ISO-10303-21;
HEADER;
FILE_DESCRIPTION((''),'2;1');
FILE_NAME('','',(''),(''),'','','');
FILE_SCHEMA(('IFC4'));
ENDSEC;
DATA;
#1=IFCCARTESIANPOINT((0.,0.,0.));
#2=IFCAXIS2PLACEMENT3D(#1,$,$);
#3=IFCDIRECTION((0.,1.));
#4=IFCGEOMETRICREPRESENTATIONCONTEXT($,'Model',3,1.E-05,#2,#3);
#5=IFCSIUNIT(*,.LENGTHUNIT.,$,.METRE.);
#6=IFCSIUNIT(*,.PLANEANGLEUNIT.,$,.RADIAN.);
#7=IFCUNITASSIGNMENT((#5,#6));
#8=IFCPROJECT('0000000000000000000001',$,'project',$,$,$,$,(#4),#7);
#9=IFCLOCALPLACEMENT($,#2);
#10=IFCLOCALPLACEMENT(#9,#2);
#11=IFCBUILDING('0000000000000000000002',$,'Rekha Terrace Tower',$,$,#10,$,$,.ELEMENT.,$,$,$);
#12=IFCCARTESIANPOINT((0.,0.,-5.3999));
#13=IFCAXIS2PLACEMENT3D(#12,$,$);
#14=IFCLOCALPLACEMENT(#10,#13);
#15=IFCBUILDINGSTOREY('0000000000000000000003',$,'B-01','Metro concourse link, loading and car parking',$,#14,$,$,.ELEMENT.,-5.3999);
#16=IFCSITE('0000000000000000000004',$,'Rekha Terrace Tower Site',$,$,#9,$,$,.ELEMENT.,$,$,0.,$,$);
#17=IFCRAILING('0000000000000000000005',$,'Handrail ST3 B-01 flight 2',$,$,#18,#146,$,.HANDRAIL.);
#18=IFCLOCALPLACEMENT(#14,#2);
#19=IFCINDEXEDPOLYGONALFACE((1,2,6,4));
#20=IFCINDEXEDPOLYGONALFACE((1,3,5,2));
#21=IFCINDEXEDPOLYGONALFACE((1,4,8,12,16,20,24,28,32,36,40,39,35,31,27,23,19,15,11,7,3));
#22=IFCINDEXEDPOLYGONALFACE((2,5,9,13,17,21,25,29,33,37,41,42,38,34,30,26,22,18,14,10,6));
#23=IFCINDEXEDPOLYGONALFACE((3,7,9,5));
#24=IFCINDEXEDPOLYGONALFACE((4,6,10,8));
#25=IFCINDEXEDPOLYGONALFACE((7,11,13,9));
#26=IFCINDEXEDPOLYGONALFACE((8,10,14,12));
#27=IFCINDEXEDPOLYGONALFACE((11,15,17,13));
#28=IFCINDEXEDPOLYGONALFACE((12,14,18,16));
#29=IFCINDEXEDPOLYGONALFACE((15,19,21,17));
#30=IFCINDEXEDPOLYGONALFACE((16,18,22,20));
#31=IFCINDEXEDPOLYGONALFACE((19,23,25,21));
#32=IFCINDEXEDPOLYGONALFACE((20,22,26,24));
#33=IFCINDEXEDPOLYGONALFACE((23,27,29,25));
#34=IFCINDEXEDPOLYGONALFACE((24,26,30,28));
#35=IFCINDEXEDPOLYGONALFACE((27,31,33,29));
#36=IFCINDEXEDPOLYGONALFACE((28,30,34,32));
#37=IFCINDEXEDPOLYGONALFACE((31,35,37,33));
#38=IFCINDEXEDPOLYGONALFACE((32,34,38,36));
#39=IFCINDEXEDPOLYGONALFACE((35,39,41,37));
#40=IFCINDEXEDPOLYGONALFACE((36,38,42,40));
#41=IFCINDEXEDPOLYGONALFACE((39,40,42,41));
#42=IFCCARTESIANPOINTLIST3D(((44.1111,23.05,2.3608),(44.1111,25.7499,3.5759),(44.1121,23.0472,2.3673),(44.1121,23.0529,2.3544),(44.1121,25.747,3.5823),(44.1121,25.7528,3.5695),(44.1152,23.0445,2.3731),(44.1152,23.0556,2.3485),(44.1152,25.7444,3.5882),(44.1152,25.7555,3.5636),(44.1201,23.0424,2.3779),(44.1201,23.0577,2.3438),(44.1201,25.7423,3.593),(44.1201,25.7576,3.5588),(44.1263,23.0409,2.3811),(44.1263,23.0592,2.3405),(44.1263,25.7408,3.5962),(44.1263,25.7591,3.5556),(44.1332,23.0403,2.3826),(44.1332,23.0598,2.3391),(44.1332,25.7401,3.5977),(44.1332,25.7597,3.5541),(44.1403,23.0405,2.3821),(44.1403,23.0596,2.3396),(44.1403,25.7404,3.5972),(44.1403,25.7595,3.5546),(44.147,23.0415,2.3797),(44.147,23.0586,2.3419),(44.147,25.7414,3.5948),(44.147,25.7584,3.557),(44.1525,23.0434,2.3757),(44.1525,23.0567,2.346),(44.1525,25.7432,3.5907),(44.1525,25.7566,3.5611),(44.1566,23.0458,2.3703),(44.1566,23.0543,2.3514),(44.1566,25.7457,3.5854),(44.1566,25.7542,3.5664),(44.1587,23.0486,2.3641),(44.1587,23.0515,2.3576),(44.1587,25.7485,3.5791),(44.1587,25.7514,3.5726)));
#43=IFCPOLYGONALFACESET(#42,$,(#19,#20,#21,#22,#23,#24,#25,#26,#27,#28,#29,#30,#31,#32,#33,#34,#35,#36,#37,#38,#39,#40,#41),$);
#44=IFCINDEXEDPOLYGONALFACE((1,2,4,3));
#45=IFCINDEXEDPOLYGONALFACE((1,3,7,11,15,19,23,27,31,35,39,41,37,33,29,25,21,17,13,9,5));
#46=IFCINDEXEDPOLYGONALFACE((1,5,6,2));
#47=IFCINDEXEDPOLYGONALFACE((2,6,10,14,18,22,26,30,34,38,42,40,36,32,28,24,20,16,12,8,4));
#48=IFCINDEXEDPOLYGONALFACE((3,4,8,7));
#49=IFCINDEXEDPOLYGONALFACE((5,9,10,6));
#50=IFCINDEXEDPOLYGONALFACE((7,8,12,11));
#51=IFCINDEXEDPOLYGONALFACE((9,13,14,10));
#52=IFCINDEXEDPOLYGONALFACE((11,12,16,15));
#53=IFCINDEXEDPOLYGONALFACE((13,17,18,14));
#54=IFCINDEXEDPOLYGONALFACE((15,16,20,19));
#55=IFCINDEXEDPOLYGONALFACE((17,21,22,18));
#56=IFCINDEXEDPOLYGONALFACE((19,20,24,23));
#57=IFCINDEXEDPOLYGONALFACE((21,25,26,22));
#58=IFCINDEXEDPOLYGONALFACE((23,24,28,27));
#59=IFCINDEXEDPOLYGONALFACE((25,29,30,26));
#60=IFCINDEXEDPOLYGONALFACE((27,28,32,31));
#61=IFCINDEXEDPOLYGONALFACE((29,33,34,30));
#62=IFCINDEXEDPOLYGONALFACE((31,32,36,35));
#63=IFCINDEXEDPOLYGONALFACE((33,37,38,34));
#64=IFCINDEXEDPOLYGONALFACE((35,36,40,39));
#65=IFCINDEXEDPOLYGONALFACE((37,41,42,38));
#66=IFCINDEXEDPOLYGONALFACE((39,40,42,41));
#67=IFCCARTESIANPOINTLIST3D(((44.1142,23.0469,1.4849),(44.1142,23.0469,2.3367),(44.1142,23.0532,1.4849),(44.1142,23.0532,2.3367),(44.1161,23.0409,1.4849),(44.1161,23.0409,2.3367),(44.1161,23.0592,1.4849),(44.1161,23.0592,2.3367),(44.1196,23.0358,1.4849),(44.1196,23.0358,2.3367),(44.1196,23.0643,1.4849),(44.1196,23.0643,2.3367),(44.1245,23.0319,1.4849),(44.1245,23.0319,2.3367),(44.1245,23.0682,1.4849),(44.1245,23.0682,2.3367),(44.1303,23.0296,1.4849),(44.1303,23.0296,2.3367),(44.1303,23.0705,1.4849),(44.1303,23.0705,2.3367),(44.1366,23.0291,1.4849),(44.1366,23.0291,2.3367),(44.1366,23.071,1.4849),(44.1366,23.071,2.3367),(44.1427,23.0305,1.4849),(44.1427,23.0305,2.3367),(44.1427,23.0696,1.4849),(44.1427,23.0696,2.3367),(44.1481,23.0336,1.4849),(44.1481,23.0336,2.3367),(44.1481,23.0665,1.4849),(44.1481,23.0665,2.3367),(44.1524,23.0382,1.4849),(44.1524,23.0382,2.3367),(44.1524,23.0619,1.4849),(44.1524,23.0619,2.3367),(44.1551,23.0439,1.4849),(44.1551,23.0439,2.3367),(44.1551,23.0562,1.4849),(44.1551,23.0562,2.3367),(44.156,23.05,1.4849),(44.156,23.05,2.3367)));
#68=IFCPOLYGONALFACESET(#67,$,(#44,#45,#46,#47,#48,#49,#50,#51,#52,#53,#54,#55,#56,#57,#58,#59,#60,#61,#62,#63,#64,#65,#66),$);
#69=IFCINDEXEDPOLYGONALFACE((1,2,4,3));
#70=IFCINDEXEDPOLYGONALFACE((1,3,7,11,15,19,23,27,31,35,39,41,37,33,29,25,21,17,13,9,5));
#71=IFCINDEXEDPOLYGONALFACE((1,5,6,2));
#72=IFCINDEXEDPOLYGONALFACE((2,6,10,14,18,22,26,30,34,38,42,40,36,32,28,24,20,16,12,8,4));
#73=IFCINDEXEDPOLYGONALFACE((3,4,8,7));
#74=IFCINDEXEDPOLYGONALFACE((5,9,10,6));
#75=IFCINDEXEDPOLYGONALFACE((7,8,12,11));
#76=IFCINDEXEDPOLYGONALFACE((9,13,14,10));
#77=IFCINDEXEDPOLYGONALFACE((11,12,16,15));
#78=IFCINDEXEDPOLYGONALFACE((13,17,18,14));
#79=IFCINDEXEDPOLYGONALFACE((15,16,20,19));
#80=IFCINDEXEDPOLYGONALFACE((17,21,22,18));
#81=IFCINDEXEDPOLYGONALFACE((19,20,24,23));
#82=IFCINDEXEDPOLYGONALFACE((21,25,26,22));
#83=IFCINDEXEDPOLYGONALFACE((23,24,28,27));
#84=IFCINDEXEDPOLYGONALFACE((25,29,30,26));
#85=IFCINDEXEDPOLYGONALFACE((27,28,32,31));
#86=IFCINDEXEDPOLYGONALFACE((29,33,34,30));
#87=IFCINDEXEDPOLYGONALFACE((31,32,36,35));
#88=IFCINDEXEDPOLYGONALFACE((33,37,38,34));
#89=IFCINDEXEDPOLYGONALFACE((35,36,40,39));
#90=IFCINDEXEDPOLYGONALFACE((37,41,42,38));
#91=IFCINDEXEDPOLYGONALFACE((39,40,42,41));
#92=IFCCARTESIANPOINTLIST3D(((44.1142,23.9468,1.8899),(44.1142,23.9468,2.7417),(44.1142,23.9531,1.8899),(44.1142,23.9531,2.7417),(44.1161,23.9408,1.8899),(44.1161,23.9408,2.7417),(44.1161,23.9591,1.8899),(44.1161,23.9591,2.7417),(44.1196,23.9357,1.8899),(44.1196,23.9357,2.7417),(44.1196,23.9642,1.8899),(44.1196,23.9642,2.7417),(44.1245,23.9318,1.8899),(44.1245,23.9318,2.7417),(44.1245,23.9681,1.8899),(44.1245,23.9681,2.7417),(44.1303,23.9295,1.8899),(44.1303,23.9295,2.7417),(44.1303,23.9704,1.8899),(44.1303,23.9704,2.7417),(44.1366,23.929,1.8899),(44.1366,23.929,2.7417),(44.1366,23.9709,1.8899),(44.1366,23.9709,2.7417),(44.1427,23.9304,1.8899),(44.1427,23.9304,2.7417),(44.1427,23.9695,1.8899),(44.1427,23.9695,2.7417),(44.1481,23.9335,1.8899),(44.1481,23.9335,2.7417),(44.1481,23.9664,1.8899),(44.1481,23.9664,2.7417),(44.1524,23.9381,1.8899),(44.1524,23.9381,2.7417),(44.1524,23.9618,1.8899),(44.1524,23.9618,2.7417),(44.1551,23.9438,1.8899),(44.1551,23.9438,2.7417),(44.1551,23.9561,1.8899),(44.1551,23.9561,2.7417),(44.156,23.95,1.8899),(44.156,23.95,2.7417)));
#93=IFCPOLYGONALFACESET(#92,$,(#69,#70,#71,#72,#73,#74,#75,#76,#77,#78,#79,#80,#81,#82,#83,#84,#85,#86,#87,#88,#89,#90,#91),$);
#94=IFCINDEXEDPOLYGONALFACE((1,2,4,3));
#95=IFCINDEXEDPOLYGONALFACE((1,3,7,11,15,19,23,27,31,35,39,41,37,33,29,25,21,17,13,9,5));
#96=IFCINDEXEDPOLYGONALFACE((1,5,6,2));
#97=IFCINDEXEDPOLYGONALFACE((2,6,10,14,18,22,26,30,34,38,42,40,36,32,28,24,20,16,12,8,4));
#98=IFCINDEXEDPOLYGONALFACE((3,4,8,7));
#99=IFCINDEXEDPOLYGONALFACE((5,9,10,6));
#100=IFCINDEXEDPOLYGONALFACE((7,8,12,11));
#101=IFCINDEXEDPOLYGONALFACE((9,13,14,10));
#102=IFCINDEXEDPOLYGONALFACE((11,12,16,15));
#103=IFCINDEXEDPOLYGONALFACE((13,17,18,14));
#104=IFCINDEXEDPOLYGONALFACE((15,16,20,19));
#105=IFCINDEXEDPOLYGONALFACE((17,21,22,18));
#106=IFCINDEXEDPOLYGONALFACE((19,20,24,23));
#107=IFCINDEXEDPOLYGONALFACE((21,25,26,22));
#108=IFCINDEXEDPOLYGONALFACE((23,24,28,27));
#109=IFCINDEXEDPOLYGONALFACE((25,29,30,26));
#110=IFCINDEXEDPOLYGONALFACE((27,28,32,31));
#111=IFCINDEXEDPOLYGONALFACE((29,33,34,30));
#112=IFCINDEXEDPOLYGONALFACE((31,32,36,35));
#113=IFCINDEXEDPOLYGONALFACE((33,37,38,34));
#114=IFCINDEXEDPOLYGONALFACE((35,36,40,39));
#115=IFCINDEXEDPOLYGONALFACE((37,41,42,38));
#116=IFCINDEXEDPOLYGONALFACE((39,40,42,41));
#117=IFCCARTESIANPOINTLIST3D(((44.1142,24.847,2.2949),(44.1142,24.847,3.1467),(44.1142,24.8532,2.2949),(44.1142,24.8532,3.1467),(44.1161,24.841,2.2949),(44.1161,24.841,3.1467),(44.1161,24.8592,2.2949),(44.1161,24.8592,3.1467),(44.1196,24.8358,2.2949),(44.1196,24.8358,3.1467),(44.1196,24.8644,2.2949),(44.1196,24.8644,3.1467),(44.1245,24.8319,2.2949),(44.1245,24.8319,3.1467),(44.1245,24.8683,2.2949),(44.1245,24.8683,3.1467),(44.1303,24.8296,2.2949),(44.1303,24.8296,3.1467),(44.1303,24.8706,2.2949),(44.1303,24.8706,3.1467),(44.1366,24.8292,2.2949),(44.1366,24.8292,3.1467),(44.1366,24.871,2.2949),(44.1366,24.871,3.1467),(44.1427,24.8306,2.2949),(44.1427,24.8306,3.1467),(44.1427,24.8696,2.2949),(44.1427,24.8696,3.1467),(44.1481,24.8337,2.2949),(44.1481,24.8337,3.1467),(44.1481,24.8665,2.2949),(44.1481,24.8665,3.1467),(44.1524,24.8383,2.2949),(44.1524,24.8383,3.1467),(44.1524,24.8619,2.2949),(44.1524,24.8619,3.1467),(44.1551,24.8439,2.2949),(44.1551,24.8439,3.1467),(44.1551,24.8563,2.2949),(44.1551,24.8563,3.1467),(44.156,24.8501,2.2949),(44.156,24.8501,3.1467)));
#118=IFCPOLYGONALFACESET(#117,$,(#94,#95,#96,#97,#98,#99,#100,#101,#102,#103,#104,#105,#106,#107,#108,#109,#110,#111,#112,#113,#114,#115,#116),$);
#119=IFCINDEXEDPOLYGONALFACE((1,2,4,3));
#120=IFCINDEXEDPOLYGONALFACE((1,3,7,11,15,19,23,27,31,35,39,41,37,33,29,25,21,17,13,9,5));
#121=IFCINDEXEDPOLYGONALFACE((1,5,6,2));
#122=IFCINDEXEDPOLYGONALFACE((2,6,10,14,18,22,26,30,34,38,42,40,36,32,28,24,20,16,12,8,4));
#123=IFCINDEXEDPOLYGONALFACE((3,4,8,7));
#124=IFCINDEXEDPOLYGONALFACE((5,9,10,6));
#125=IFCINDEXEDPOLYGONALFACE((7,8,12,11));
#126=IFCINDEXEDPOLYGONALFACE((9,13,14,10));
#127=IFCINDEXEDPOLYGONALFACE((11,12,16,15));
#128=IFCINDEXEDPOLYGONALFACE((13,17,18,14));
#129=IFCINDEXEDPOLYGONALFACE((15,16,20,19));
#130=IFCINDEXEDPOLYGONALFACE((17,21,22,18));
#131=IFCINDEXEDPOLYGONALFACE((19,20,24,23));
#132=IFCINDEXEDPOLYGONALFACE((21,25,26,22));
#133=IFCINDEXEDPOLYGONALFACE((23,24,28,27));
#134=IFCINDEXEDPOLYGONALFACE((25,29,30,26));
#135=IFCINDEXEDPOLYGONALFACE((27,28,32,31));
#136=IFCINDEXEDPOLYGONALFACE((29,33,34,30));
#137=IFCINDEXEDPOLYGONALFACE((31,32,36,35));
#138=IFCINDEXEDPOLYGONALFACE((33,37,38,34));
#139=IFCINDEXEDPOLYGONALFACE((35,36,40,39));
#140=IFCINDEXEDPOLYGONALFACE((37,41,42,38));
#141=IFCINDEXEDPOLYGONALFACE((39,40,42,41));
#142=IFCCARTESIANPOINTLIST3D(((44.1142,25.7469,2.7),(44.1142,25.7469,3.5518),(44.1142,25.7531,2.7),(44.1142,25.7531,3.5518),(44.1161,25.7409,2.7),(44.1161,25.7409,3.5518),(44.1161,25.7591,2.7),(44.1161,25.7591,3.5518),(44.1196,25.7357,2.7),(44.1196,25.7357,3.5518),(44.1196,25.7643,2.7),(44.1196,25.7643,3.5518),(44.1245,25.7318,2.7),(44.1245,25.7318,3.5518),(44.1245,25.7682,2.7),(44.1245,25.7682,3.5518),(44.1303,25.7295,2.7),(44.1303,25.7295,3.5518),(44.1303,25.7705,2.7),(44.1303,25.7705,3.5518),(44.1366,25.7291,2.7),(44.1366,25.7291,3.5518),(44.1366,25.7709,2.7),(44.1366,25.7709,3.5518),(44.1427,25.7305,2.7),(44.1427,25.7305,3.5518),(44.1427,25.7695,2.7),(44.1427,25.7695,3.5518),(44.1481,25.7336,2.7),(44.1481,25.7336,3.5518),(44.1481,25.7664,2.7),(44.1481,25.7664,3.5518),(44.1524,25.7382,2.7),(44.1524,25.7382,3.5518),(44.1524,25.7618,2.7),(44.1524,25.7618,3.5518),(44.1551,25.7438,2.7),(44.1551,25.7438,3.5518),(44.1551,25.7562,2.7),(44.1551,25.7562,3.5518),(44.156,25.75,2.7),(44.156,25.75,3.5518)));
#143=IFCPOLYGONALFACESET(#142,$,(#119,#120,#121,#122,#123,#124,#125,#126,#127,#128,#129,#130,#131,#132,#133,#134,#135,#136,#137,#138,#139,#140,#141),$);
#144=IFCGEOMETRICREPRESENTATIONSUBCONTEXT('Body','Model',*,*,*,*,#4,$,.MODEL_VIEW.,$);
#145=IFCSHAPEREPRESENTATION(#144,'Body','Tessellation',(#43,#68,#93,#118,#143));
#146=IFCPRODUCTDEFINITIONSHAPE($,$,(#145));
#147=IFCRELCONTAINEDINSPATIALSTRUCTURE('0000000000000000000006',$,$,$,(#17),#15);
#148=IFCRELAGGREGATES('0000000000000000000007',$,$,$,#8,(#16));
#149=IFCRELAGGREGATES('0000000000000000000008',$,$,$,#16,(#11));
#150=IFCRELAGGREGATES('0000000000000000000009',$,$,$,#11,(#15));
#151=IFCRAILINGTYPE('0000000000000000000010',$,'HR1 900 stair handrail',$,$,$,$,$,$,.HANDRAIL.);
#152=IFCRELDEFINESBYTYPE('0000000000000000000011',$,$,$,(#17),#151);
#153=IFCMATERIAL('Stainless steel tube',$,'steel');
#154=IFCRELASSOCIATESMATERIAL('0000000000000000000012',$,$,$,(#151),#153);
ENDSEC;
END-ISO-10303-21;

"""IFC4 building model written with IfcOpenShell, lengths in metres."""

from ifc_helpers import new_model, si_unit, direction, frame, origin, origin_2d, place, context, subcontext, project, spatial, circle, extrude, material, type_object, element, save


model = new_model("IFC4")

# Units and contexts
model_context = context("Model", 3, precision=1e-05, world=origin(), true_north=direction((0.0, 1.0)))
body_context = subcontext(model_context, "Body", "Model", "MODEL_VIEW")
ifc_project = project(units=[si_unit("LENGTHUNIT", "METRE"), si_unit("PLANEANGLEUNIT", "RADIAN")], contexts=[model_context])

# Site, building, storey
site_placement = place(None, origin())
site = spatial("IfcSite", under=ifc_project, at=site_placement, Name="Rekha Terrace Tower Site", CompositionType="ELEMENT", RefElevation=0.0)
building_placement = place(site_placement, origin())
building = spatial("IfcBuilding", under=site, at=building_placement, Name="Rekha Terrace Tower", CompositionType="ELEMENT")
storey_placement = place(building_placement, frame((0.0, 0.0, -5.3999)))
storey = spatial("IfcBuildingStorey", under=building, at=storey_placement, Name="B-01", Description="Metro concourse link, loading and car parking", CompositionType="ELEMENT", Elevation=-5.3999)

# Railing
ifc_material_1 = material(Name="Stainless steel tube", Category="steel")
railing_type_1 = type_object("IfcRailingType", Name="HR1 900 stair handrail", PredefinedType="HANDRAIL", material=ifc_material_1)
railing_1_placement = place(storey_placement, frame((44.135, 23.05, 1.4849)))
element("IfcRailing", 1, at=railing_1_placement, inside=storey, type_object=railing_type_1, Name="Handrail ST3 B-01 flight 2", PredefinedType="HANDRAIL", context=body_context, shape_type="SweptSolid", body=[
    extrude(circle(Radius=0.0239, at=origin_2d()), frame((0.0, 0.0, 0.876), z_axis=(0.0, 0.911908, 0.410396), x_axis=(-1.0, 0.0, 0.0)), (0.0, 0.0, 1.0), 2.9607),
    extrude(circle(Radius=0.021, at=origin_2d()), origin(), (0.0, 0.0, 1.0), 0.8518),
    extrude(circle(Radius=0.021, at=origin_2d()), frame((0.0, 0.8999, 0.405)), (0.0, 0.0, 1.0), 0.8518),
    extrude(circle(Radius=0.021, at=origin_2d()), frame((0.0, 1.8, 0.8101)), (0.0, 0.0, 1.0), 0.8518),
    extrude(circle(Radius=0.021, at=origin_2d()), frame((0.0, 2.7, 1.2151)), (0.0, 0.0, 1.0), 0.8518),
])

save(model, "model.ifc")
